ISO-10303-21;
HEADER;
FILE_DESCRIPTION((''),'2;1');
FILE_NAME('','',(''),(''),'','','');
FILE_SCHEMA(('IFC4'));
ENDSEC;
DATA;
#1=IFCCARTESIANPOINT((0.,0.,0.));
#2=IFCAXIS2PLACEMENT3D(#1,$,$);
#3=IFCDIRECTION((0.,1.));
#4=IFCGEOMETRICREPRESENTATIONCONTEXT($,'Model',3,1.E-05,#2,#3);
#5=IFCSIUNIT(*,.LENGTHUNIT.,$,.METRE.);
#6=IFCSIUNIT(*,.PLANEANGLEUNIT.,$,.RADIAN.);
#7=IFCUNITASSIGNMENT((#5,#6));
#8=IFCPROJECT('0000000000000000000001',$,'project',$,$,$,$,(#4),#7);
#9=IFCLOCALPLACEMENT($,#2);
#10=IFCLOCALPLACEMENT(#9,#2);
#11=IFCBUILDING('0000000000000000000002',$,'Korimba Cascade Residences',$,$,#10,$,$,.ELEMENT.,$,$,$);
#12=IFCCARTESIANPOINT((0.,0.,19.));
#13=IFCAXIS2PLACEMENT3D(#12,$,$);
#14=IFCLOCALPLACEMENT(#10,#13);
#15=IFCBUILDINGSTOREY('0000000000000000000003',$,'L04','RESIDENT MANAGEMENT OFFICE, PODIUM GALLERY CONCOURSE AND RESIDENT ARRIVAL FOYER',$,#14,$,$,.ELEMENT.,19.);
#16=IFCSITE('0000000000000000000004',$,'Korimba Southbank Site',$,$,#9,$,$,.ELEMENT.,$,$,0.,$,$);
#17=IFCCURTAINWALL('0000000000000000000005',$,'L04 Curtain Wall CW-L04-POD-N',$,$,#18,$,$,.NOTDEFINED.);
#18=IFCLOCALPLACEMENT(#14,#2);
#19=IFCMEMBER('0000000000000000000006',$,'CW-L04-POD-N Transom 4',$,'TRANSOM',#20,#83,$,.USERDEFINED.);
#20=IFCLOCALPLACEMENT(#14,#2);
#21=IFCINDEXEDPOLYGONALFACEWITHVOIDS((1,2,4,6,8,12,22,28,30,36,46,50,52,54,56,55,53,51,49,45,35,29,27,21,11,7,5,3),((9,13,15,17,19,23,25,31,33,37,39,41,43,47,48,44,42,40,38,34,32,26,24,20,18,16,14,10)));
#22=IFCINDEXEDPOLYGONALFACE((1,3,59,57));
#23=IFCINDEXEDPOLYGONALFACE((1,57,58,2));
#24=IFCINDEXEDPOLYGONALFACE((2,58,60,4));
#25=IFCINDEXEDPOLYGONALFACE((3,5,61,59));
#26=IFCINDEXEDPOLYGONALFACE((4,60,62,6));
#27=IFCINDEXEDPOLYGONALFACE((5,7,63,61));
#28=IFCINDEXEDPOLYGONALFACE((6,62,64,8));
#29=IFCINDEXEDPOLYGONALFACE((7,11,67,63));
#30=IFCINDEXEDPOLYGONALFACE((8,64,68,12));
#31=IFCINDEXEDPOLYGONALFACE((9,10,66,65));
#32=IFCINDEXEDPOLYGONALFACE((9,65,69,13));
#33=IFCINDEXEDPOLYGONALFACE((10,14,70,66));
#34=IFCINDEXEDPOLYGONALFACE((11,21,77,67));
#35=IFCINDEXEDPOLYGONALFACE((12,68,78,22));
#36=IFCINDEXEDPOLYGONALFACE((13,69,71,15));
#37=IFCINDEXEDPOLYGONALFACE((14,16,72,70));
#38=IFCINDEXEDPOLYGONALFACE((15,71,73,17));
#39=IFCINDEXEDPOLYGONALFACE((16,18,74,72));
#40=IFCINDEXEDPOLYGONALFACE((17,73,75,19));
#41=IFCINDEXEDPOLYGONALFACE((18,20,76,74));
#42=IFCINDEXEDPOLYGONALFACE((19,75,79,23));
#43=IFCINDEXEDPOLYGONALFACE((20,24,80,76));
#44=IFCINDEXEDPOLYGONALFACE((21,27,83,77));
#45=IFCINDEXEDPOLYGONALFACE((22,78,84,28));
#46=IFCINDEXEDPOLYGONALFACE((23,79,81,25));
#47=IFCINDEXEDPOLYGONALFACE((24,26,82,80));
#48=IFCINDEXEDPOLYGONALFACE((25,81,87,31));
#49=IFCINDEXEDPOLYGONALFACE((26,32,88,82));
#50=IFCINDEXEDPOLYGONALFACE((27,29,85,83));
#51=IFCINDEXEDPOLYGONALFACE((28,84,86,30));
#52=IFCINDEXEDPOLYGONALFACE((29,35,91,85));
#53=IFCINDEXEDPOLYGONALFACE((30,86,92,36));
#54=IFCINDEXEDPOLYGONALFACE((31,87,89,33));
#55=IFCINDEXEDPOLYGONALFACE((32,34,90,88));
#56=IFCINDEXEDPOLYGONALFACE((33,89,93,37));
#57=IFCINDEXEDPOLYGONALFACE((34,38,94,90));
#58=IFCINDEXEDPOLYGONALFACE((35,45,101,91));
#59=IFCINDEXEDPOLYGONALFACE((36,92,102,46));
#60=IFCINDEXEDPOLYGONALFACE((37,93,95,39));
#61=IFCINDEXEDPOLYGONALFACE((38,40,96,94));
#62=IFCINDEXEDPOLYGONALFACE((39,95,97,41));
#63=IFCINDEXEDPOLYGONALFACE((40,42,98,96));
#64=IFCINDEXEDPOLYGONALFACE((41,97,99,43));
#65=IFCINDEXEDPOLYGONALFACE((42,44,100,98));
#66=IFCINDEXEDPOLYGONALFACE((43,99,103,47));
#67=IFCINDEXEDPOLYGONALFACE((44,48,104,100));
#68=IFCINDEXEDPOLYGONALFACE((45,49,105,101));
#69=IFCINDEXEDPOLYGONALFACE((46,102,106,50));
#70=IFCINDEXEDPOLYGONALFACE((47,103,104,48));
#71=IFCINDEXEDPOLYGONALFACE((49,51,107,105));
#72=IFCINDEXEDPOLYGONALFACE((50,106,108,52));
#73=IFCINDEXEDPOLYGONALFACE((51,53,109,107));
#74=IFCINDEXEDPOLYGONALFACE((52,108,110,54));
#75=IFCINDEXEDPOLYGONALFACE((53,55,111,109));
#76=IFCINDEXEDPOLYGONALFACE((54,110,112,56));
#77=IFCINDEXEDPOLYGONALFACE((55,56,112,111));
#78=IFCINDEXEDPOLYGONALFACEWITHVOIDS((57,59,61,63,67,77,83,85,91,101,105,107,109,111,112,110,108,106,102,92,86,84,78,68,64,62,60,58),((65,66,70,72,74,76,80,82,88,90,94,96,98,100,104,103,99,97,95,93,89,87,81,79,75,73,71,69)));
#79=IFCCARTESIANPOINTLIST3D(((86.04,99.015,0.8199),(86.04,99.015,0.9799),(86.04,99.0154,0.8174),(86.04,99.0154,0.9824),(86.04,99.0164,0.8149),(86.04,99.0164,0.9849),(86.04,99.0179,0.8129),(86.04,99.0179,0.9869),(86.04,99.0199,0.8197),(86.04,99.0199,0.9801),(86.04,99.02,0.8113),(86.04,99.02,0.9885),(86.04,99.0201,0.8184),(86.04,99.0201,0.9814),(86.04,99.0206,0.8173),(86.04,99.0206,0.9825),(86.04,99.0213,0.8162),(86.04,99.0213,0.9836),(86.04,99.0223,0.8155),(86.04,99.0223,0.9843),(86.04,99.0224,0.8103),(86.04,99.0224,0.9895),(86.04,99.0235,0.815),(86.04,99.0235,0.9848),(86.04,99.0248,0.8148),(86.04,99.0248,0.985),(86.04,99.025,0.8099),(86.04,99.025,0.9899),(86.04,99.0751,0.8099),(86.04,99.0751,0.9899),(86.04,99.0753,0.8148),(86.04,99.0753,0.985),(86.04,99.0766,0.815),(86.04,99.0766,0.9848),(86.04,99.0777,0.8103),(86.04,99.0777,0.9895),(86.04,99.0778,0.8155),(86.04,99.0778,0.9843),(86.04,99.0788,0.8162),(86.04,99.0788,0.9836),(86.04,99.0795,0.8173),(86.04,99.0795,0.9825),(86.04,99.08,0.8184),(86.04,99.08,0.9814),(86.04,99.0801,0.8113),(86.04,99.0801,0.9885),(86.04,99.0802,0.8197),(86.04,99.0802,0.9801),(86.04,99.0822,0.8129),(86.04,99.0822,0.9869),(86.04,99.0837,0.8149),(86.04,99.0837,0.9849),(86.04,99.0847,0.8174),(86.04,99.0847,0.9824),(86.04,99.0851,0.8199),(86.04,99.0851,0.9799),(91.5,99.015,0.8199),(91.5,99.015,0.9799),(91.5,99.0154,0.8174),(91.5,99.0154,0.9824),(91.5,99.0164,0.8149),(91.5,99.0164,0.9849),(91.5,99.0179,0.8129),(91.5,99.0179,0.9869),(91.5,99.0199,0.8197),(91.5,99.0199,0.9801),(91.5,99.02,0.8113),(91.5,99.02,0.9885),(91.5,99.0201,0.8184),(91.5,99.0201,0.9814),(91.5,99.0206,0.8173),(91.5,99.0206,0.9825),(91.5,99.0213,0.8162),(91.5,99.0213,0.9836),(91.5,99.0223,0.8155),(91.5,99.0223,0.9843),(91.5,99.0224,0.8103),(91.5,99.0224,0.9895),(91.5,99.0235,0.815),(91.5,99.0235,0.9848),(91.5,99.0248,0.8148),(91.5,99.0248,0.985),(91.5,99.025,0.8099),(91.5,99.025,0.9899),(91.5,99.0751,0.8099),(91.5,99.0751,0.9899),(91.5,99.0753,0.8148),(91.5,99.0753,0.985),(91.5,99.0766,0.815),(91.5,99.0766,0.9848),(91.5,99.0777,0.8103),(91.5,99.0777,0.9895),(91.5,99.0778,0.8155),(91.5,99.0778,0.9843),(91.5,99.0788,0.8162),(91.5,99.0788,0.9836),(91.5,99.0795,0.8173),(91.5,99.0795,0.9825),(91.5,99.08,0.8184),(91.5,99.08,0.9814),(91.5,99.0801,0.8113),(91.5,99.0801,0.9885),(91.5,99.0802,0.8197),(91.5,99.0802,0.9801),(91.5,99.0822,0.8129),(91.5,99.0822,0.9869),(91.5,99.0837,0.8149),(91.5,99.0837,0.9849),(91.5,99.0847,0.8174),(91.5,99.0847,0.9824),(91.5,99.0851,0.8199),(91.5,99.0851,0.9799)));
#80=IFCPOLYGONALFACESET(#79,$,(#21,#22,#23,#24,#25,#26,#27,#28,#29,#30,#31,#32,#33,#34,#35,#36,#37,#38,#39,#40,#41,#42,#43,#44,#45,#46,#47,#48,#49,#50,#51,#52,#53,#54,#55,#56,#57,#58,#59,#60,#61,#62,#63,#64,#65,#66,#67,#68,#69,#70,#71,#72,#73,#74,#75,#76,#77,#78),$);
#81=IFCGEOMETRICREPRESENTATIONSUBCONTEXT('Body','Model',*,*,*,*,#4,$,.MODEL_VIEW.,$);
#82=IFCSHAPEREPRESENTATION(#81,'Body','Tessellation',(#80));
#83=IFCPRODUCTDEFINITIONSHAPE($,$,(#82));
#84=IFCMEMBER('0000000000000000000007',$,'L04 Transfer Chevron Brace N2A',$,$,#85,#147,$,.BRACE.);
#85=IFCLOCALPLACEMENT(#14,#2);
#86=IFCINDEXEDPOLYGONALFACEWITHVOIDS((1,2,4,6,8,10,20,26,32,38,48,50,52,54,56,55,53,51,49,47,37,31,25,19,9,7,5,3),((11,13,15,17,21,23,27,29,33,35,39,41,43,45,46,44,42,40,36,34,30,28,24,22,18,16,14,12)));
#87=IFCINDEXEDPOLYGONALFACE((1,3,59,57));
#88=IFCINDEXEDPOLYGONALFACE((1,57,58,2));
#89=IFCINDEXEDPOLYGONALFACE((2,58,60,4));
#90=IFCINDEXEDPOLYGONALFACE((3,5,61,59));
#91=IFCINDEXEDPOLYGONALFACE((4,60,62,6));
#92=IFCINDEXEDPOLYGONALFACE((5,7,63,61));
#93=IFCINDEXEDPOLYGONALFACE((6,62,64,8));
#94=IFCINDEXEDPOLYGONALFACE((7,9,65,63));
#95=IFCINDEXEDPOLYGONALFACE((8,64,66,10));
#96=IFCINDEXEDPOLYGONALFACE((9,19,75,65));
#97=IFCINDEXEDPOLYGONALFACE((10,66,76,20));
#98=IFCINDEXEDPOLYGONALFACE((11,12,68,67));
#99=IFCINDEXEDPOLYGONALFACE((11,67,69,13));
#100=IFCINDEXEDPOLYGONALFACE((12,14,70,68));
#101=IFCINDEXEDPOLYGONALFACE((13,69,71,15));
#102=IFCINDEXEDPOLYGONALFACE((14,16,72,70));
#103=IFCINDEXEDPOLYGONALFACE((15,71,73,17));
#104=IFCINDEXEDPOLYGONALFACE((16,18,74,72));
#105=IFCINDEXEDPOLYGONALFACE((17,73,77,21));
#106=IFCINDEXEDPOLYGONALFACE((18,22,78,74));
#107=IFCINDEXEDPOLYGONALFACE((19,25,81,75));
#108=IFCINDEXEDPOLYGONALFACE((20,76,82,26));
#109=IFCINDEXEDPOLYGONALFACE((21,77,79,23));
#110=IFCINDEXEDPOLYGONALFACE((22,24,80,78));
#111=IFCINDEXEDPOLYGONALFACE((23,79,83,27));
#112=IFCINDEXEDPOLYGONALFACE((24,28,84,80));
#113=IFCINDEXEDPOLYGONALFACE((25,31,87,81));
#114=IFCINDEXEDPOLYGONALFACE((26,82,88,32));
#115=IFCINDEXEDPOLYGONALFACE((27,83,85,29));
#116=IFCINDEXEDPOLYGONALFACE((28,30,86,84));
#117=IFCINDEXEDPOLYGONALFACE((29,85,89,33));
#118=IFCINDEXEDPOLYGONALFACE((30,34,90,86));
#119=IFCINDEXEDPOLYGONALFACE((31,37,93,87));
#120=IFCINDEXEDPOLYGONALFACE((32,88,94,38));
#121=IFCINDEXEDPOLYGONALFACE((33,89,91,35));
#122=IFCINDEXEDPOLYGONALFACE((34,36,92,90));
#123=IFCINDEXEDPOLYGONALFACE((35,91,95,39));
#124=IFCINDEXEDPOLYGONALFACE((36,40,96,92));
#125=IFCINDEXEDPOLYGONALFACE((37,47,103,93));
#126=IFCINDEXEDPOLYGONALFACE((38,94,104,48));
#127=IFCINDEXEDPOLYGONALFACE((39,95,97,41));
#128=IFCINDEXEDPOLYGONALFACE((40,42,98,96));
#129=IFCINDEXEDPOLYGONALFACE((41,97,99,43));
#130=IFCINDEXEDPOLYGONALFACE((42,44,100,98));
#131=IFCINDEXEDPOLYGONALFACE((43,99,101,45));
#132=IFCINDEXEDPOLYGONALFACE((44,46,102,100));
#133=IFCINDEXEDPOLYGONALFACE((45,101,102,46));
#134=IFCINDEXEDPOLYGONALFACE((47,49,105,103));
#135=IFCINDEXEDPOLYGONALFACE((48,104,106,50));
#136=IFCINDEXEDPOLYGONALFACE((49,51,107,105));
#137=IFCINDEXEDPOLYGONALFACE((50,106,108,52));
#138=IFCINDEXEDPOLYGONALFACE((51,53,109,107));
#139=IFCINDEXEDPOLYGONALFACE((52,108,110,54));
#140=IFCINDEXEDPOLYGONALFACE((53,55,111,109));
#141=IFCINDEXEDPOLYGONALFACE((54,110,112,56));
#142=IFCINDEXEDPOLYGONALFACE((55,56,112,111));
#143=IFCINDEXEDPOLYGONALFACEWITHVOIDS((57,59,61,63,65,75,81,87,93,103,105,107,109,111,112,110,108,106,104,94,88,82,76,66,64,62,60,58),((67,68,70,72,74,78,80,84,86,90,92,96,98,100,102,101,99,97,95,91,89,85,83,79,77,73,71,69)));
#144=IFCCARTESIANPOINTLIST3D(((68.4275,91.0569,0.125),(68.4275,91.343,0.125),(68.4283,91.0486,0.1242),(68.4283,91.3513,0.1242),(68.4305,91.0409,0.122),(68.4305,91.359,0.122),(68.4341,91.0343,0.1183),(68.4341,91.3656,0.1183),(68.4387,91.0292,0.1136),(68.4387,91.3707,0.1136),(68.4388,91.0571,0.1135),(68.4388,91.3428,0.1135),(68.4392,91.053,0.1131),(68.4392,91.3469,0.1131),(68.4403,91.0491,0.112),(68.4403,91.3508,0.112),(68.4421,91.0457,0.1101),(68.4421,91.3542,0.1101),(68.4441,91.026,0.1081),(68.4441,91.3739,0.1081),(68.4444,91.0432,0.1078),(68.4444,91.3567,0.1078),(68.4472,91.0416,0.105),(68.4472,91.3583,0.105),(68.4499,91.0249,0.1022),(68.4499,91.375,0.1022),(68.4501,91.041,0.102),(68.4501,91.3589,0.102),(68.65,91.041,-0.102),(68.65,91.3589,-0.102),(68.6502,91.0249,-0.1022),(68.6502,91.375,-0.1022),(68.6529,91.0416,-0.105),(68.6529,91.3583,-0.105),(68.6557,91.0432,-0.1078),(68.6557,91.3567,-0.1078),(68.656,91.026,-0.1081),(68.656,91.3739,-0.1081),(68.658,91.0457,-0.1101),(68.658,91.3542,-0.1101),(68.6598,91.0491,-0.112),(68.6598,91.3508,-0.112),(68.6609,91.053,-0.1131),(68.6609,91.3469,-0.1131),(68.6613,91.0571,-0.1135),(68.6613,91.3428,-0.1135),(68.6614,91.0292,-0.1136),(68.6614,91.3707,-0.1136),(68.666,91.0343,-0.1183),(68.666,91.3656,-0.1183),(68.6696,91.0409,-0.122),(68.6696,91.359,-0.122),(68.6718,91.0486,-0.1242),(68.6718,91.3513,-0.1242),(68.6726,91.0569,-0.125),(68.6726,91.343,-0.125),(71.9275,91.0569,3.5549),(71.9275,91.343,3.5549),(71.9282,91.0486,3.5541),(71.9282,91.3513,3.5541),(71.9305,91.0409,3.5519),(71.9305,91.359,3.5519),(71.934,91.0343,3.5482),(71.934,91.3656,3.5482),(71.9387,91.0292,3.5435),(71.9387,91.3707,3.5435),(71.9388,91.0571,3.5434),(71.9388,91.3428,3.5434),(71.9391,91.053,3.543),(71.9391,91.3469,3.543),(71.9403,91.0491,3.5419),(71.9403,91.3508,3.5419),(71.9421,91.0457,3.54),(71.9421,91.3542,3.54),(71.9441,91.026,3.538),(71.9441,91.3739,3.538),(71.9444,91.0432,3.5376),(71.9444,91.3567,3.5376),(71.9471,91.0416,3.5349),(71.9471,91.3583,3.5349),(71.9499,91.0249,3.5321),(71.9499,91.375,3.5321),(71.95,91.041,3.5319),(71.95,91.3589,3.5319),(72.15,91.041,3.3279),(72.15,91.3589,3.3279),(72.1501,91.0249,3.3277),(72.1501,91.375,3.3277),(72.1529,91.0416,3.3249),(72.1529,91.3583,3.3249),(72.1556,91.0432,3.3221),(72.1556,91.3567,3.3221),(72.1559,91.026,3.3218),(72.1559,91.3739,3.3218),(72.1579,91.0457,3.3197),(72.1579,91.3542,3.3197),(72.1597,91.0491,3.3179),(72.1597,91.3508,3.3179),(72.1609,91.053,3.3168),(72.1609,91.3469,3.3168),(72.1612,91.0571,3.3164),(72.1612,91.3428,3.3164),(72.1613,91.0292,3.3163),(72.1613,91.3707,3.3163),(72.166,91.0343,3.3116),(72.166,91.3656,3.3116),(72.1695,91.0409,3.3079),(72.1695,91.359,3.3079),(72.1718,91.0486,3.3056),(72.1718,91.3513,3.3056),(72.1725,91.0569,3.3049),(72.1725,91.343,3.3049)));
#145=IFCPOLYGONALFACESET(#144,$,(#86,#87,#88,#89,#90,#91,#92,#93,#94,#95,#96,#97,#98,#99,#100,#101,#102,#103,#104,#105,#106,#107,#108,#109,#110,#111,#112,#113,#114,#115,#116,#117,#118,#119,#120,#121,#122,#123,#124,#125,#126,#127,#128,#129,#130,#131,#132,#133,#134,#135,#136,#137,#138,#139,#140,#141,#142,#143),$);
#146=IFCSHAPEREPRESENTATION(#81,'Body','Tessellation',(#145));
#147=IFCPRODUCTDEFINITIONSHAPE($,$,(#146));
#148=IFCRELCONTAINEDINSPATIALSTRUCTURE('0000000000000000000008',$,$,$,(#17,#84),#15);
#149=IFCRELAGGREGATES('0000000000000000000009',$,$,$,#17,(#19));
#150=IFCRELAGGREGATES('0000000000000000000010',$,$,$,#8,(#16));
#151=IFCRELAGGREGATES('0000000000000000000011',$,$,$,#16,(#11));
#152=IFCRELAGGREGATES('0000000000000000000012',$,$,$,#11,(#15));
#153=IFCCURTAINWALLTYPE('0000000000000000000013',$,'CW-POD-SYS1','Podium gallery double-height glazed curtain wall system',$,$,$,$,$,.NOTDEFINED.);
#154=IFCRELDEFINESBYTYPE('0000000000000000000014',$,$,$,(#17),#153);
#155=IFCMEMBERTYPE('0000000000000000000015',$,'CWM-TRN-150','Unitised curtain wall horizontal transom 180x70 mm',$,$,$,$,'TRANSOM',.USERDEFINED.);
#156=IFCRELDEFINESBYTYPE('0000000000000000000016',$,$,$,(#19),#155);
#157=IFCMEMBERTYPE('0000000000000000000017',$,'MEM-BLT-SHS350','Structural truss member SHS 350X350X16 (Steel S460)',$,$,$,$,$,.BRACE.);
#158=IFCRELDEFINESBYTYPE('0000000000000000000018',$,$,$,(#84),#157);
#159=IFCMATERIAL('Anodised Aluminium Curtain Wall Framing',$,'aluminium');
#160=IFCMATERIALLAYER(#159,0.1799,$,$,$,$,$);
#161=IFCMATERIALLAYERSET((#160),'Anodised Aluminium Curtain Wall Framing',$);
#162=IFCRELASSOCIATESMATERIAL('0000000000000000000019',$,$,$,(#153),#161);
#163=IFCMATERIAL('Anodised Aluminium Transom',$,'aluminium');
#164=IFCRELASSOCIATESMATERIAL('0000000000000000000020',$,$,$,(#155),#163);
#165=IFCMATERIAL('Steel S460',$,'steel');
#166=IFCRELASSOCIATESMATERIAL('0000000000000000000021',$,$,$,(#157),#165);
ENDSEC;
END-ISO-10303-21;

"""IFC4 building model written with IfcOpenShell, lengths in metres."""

from ifc_helpers import new_model, si_unit, direction, frame, origin, origin_2d, place, context, subcontext, project, spatial, hollow_rectangle, extrude, material, layer, layer_set, material_profile, profile_set, type_object, element, aggregate, save


model = new_model("IFC4")

# Units and contexts
model_context = context("Model", 3, precision=1e-05, world=origin(), true_north=direction((0.0, 1.0)))
body_context = subcontext(model_context, "Body", "Model", "MODEL_VIEW")
ifc_project = project(units=[si_unit("LENGTHUNIT", "METRE"), si_unit("PLANEANGLEUNIT", "RADIAN")], contexts=[model_context])

# Site, building, storey
site_placement = place(None, origin())
site = spatial("IfcSite", under=ifc_project, at=site_placement, Name="Korimba Southbank Site", CompositionType="ELEMENT", RefElevation=0.0)
building_placement = place(site_placement, origin())
building = spatial("IfcBuilding", under=site, at=building_placement, Name="Korimba Cascade Residences", CompositionType="ELEMENT")
storey_placement = place(building_placement, frame((0.0, 0.0, 19.0)))
storey = spatial("IfcBuildingStorey", under=building, at=storey_placement, Name="L04", Description="RESIDENT MANAGEMENT OFFICE, PODIUM GALLERY CONCOURSE AND RESIDENT ARRIVAL FOYER", CompositionType="ELEMENT", Elevation=19.0)

# Curtain wall, member
ifc_material_1 = material(Name="Anodised Aluminium Curtain Wall Framing", Category="aluminium")
ifc_layer_1 = layer(ifc_material_1, 0.1799)
ifc_layer_set_1 = layer_set([ifc_layer_1], Name="Anodised Aluminium Curtain Wall Framing")
curtain_wall_type = type_object("IfcCurtainWallType", Name="CW-POD-SYS1", Description="Podium gallery double-height glazed curtain wall system", PredefinedType="NOTDEFINED", material=ifc_layer_set_1)
curtain_wall_placement = place(storey_placement, origin())
curtain_wall = element("IfcCurtainWall", 1, at=curtain_wall_placement, inside=storey, type_object=curtain_wall_type, Name="L04 Curtain Wall CW-L04-POD-N", PredefinedType="NOTDEFINED")
ifc_material_2 = material(Name="Anodised Aluminium Transom", Category="aluminium")
ifc_material_profile_1 = material_profile(ifc_material_2, hollow_rectangle(XDim=0.0701, YDim=0.1799, WallThickness=0.0049, InnerFilletRadius=0.0049, OuterFilletRadius=0.01, at=origin_2d()), Name="Anodised Aluminium Transom")
ifc_profile_set_1 = profile_set([ifc_material_profile_1], Name="Anodised Aluminium Transom")
member_type_1 = type_object("IfcMemberType", Name="CWM-TRN-150", Description="Unitised curtain wall horizontal transom 180x70 mm", ElementType="TRANSOM", PredefinedType="USERDEFINED", material=ifc_profile_set_1)
member_1_placement = place(storey_placement, frame((91.5, 99.05, 0.8999), z_axis=(-1.0, 0.0, 0.0), x_axis=(0.0, -1.0, 0.0)))
member_1 = element("IfcMember", 2, at=member_1_placement, type_object=member_type_1, Name="CW-L04-POD-N Transom 4", ObjectType="TRANSOM", PredefinedType="USERDEFINED", context=body_context, shape_type="SweptSolid", body=[
    extrude(hollow_rectangle(XDim=0.0701, YDim=0.1799, WallThickness=0.0049, InnerFilletRadius=0.0049, OuterFilletRadius=0.01, at=origin_2d()), origin(), (0.0, 0.0, 1.0), 5.46),
])

# Member
ifc_material_3 = material(Name="Steel S460", Category="steel")
ifc_material_profile_2 = material_profile(ifc_material_3, hollow_rectangle(XDim=0.3501, YDim=0.3501, WallThickness=0.0161, InnerFilletRadius=0.0161, OuterFilletRadius=0.032, at=origin_2d()), Name="Steel S460")
ifc_profile_set_2 = profile_set([ifc_material_profile_2], Name="Steel S460")
member_type_2 = type_object("IfcMemberType", Name="MEM-BLT-SHS350", Description="Structural truss member SHS 350X350X16 (Steel S460)", PredefinedType="BRACE", material=ifc_profile_set_2)
for number, where, z_axis, x_axis, name in (
    (3, (68.55, 91.2, 0.0), (0.71422, 0.0, 0.699921), (0.0, 1.0, 0.0), "L04 Transfer Chevron Brace N2A"),
):
    element("IfcMember", number, at=place(storey_placement, frame(where, z_axis=z_axis, x_axis=x_axis)), inside=storey, type_object=member_type_2, Name=name, PredefinedType="BRACE", context=body_context, shape_type="SweptSolid", body=[
        extrude(hollow_rectangle(XDim=0.3501, YDim=0.3501, WallThickness=0.0161, InnerFilletRadius=0.0161, OuterFilletRadius=0.032, at=origin_2d()), origin(), (0.0, 0.0, 1.0), 4.9004),
    ])

aggregate(curtain_wall, [member_1])

save(model, "model.ifc")
